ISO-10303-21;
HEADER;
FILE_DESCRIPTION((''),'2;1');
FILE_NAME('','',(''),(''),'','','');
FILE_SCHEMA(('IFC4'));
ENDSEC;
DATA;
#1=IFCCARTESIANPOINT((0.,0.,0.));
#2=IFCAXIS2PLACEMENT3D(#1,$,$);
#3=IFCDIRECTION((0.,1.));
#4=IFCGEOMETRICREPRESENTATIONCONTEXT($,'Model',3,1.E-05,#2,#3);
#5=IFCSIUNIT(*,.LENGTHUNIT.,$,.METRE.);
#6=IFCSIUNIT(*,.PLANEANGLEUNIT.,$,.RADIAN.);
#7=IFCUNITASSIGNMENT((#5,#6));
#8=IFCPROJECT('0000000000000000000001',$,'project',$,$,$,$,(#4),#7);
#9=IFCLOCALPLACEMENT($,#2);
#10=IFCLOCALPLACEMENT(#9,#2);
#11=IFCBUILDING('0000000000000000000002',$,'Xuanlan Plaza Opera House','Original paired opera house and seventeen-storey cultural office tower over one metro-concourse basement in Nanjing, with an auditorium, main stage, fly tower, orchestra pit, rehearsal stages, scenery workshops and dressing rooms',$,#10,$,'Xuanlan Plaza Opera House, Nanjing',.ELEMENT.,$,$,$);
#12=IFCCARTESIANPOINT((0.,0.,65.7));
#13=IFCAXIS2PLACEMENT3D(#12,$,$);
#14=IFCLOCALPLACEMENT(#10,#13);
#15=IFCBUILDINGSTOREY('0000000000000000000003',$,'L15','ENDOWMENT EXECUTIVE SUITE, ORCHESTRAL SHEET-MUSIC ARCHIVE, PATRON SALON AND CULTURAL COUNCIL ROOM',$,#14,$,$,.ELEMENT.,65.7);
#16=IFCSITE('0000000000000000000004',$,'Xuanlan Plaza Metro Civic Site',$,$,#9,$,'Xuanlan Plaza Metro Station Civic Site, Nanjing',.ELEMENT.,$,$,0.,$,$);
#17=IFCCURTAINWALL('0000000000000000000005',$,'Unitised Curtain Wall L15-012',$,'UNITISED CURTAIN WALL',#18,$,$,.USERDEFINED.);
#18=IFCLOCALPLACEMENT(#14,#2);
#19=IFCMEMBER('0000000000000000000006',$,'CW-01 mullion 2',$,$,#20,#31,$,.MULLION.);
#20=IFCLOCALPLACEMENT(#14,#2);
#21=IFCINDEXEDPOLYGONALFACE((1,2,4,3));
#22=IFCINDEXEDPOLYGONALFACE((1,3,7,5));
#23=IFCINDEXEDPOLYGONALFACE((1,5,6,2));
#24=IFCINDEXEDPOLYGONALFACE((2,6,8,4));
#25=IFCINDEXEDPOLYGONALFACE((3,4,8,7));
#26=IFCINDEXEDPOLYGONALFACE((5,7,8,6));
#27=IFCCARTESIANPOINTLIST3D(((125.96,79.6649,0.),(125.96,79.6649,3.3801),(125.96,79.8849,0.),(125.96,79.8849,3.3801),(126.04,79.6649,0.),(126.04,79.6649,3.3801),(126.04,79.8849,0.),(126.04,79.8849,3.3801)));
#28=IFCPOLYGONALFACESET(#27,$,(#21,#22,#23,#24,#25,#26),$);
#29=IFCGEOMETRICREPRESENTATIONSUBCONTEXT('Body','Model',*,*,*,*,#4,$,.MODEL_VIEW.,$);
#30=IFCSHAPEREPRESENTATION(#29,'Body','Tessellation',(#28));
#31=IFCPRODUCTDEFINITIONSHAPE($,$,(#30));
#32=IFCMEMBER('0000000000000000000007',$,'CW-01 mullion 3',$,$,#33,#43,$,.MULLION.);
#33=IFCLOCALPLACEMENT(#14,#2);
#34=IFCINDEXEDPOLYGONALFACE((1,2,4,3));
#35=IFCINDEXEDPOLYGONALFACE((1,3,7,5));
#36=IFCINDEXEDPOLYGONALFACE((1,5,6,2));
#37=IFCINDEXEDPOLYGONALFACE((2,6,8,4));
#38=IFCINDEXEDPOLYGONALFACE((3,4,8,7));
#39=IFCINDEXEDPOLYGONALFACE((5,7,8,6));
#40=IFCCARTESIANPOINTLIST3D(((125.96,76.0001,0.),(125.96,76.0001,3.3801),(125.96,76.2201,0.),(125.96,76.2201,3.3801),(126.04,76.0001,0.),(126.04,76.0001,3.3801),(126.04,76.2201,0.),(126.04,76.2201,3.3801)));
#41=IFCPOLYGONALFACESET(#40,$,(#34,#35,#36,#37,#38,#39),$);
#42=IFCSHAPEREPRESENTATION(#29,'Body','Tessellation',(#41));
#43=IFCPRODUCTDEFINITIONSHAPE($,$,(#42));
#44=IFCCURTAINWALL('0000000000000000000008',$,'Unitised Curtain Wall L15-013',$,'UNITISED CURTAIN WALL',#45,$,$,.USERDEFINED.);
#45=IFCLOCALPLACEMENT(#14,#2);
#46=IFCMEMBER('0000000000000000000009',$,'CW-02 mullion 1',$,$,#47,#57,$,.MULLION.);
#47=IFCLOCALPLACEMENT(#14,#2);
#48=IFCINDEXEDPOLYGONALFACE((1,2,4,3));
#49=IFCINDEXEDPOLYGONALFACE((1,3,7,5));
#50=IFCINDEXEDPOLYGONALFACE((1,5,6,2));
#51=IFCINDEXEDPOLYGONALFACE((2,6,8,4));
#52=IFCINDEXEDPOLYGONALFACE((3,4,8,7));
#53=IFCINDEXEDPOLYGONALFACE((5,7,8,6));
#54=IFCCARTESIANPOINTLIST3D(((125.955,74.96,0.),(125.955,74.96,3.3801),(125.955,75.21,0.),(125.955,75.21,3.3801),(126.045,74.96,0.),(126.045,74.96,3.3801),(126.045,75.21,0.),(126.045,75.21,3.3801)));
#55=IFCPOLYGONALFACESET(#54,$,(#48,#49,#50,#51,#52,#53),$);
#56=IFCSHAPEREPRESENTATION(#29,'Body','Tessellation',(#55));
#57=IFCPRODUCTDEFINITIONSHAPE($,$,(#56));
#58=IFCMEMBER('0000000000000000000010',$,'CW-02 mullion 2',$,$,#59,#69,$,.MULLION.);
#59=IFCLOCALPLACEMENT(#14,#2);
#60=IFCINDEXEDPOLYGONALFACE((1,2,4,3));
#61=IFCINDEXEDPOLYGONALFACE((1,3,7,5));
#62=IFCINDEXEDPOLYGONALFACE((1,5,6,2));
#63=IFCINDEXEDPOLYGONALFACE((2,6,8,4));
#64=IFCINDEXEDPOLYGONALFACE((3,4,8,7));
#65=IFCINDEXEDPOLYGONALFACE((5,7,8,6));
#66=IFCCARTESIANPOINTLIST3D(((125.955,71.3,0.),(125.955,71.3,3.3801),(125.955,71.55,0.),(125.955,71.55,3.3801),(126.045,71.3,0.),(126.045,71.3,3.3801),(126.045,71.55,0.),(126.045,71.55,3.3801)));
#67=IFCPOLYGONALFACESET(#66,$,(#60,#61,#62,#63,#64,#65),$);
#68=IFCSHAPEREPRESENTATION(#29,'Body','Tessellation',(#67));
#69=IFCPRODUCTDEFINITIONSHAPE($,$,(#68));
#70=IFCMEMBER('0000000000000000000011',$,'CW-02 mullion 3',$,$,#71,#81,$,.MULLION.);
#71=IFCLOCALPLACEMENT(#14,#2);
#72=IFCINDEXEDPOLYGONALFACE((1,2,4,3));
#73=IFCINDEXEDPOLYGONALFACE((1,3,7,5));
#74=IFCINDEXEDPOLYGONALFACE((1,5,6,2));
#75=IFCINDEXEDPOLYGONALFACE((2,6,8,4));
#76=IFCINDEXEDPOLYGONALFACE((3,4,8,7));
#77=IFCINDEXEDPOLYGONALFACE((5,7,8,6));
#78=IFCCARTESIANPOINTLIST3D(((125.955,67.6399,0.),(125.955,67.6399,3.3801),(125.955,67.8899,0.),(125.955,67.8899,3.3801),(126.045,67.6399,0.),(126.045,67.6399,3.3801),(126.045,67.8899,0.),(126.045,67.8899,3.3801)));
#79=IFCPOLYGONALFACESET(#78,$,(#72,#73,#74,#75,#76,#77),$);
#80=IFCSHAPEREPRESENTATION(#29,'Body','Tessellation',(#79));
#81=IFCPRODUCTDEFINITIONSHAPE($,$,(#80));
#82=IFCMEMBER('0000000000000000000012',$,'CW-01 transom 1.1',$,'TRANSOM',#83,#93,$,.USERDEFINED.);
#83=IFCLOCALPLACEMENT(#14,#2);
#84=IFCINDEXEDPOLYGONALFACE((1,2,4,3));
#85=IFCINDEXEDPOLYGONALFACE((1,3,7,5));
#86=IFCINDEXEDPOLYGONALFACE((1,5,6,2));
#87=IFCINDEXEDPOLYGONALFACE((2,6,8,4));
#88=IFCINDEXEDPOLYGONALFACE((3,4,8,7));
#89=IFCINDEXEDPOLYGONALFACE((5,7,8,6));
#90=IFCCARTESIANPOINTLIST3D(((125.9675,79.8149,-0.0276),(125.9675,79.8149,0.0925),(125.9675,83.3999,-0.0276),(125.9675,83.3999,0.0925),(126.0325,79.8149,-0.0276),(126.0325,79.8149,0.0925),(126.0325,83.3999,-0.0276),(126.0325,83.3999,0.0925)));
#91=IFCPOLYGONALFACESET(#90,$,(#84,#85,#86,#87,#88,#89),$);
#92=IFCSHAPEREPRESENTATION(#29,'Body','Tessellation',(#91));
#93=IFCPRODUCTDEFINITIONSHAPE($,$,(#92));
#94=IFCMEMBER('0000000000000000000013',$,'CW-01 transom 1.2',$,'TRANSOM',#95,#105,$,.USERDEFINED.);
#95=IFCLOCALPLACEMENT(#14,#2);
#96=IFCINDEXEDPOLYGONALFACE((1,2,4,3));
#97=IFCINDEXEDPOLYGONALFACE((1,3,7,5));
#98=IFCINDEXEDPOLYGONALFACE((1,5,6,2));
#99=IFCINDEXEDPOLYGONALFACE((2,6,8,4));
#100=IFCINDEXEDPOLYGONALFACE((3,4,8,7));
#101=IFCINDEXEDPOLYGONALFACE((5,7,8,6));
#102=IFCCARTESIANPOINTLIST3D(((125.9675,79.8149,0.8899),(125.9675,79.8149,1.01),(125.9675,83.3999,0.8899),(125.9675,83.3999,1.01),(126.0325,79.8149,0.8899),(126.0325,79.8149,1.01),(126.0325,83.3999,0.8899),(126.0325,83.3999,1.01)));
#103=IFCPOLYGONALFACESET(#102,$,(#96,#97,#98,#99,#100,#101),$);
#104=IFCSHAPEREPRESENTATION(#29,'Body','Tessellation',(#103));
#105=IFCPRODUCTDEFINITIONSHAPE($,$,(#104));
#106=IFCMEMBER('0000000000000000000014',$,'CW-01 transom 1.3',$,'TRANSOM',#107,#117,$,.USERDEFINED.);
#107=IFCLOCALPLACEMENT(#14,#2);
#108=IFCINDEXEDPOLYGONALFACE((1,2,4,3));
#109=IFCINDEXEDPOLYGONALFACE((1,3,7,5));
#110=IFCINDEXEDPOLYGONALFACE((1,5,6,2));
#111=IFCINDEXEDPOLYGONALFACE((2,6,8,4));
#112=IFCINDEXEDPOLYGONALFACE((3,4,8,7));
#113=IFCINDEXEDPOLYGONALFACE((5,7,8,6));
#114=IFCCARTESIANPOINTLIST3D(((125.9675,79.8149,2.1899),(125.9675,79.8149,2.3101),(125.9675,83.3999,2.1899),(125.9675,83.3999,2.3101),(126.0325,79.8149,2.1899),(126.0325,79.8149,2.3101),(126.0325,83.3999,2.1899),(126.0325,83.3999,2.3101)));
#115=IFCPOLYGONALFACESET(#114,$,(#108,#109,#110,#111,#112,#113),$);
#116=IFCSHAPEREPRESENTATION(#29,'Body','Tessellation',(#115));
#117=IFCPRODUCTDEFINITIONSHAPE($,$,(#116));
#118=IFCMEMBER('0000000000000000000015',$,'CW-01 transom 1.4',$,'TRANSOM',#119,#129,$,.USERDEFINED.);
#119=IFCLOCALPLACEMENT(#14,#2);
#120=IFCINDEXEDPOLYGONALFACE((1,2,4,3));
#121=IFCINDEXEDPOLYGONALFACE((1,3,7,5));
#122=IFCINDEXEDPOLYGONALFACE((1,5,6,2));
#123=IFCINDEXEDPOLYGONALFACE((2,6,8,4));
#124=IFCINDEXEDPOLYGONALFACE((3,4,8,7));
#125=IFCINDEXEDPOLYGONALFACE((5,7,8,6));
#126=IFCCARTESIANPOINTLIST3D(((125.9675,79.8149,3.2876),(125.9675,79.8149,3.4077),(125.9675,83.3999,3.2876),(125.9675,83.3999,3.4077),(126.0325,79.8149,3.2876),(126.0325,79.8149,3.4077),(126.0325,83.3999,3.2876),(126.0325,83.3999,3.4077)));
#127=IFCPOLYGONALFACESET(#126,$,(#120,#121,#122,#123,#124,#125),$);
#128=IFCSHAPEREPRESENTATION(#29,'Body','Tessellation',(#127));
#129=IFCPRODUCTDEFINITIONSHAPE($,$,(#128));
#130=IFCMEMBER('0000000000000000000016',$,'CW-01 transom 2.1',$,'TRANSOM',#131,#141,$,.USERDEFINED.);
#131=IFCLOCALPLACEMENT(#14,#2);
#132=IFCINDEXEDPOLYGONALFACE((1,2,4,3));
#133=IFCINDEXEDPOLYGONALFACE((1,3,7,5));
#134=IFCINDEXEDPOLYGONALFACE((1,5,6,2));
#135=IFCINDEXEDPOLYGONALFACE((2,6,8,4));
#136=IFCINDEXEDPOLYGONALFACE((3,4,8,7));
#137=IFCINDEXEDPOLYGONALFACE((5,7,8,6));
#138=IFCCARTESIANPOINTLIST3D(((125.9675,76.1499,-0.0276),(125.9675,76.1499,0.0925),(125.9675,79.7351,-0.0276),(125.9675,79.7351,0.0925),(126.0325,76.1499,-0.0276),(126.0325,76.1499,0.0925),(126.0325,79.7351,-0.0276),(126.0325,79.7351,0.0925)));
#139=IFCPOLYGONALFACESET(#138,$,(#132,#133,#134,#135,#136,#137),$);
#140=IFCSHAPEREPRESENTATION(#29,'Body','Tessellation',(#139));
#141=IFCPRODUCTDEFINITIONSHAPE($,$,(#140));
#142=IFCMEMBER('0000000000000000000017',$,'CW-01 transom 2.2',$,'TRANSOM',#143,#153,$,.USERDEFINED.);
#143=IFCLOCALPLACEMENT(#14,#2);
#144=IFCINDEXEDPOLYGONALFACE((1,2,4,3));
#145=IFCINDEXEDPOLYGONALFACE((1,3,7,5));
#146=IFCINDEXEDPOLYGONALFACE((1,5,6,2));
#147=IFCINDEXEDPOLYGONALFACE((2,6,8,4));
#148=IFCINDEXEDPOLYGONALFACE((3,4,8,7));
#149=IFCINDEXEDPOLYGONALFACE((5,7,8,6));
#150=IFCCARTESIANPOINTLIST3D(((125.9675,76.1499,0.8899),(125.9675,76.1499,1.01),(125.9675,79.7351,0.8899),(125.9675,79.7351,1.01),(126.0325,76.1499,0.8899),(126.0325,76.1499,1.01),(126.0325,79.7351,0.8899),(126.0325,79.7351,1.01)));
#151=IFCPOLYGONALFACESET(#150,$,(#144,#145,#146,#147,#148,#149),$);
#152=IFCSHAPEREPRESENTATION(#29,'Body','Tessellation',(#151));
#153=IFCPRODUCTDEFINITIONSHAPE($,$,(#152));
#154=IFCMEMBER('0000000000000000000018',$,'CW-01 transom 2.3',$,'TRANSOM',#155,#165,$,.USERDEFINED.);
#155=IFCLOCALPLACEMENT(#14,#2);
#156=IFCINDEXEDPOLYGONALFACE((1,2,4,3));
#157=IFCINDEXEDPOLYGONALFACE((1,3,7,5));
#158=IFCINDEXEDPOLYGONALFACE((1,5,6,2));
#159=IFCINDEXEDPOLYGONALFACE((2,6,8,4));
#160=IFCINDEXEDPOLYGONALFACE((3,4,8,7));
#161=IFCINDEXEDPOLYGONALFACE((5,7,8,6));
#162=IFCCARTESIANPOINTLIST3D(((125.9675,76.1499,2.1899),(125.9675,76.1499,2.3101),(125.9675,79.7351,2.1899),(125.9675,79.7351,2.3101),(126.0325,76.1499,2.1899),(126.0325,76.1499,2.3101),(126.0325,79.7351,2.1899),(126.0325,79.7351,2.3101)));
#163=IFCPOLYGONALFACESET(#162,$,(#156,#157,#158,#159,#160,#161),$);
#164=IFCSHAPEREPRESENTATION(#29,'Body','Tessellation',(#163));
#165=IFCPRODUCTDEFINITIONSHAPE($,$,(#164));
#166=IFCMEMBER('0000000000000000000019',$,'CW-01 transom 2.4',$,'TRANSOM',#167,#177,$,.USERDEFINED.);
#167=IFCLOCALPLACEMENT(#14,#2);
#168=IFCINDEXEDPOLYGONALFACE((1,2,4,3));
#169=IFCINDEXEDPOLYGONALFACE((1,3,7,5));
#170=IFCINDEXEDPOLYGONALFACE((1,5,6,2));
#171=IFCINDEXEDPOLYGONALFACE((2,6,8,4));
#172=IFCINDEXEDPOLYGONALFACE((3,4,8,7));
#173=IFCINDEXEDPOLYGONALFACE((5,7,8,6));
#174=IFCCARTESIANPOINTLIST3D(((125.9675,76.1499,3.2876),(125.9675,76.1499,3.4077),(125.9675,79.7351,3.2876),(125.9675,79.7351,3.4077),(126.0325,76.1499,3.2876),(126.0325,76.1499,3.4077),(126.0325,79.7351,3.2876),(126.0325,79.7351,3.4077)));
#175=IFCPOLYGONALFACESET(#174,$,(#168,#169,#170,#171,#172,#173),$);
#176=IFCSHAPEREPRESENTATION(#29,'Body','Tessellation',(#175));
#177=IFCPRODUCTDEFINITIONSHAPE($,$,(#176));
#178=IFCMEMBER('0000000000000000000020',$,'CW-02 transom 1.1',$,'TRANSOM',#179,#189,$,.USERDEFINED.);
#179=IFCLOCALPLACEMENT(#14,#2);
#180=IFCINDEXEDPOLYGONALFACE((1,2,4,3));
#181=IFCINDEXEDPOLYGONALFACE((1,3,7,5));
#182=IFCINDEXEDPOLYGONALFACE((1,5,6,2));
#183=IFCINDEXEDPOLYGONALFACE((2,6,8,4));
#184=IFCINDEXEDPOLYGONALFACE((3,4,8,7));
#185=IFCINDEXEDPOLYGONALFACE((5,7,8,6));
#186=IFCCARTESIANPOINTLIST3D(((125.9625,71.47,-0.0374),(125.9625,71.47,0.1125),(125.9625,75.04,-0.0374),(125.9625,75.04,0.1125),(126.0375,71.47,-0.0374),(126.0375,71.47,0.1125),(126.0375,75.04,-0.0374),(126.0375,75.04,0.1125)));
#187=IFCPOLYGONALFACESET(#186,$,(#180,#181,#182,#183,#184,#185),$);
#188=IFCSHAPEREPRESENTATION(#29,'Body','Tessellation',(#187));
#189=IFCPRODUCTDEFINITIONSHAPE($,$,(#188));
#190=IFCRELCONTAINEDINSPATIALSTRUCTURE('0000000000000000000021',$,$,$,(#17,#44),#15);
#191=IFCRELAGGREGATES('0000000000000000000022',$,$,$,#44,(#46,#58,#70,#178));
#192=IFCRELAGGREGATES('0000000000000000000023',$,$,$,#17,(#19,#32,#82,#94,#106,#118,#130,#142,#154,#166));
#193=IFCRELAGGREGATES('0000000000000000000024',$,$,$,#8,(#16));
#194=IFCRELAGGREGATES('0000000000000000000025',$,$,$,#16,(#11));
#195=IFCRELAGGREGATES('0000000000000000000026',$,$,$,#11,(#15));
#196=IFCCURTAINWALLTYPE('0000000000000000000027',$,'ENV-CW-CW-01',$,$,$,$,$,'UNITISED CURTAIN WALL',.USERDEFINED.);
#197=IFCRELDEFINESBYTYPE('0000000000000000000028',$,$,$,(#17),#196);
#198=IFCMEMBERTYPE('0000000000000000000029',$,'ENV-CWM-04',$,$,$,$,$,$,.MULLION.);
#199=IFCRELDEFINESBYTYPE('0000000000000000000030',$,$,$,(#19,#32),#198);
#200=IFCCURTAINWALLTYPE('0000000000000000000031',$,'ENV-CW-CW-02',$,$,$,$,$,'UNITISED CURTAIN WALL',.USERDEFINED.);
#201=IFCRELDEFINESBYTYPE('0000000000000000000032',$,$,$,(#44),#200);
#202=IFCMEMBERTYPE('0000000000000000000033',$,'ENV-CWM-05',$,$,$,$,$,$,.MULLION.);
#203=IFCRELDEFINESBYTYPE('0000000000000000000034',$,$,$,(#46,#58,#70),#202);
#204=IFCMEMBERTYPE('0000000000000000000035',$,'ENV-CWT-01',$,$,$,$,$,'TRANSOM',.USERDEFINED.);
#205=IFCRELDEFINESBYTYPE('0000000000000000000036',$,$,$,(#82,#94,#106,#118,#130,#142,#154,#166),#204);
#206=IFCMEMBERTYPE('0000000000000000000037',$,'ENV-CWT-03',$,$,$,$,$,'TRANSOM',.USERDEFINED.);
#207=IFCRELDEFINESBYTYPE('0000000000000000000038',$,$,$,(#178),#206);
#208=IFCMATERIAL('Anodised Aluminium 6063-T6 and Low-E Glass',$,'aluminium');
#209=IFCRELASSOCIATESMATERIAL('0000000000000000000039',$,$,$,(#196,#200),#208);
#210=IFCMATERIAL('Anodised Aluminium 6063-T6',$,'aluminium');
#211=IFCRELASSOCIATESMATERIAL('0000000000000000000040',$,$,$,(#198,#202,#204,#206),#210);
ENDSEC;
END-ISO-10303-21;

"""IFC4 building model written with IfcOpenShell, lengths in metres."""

from ifc_helpers import new_model, si_unit, direction, frame, origin, origin_2d, place, context, subcontext, project, spatial, rectangle, extrude, material, material_profile, profile_set, type_object, element, aggregate, save


model = new_model("IFC4")

# Units and contexts
model_context = context("Model", 3, precision=1e-05, world=origin(), true_north=direction((0.0, 1.0)))
body_context = subcontext(model_context, "Body", "Model", "MODEL_VIEW")
ifc_project = project(units=[si_unit("LENGTHUNIT", "METRE"), si_unit("PLANEANGLEUNIT", "RADIAN")], contexts=[model_context])

# Site, building, storey
site_placement = place(None, origin())
site = spatial("IfcSite", under=ifc_project, at=site_placement, Name="Xuanlan Plaza Metro Civic Site", LongName="Xuanlan Plaza Metro Station Civic Site, Nanjing", CompositionType="ELEMENT", RefElevation=0.0)
building_placement = place(site_placement, origin())
building = spatial("IfcBuilding", under=site, at=building_placement, Name="Xuanlan Plaza Opera House", Description="Original paired opera house and seventeen-storey cultural office tower over one metro-concourse basement in Nanjing, with an auditorium, main stage, fly tower, orchestra pit, rehearsal stages, scenery workshops and dressing rooms", LongName="Xuanlan Plaza Opera House, Nanjing", CompositionType="ELEMENT")
storey_placement = place(building_placement, frame((0.0, 0.0, 65.7)))
storey = spatial("IfcBuildingStorey", under=building, at=storey_placement, Name="L15", Description="ENDOWMENT EXECUTIVE SUITE, ORCHESTRAL SHEET-MUSIC ARCHIVE, PATRON SALON AND CULTURAL COUNCIL ROOM", CompositionType="ELEMENT", Elevation=65.7)

# Curtain walls, members
ifc_material_1 = material(Name="Anodised Aluminium 6063-T6 and Low-E Glass", Category="aluminium")
curtain_wall_type_1 = type_object("IfcCurtainWallType", Name="ENV-CW-CW-01", ElementType="UNITISED CURTAIN WALL", PredefinedType="USERDEFINED", material=ifc_material_1)
curtain_wall_1_placement = place(storey_placement, origin())
curtain_wall_1 = element("IfcCurtainWall", 1, at=curtain_wall_1_placement, inside=storey, type_object=curtain_wall_type_1, Name="Unitised Curtain Wall L15-012", ObjectType="UNITISED CURTAIN WALL", PredefinedType="USERDEFINED")
ifc_material_2 = material(Name="Anodised Aluminium 6063-T6", Category="aluminium")
ifc_material_profile_1 = material_profile(ifc_material_2, rectangle(XDim=0.0801, YDim=0.22, at=origin_2d()), Name="ALU-M 80x220")
ifc_profile_set_1 = profile_set([ifc_material_profile_1], Name="Anodised Aluminium 6063-T6")
member_type_1 = type_object("IfcMemberType", Name="ENV-CWM-04", PredefinedType="MULLION", material=ifc_profile_set_1)
member_1_placement = place(storey_placement, frame((126.0, 79.7749, 0.0), z_axis=(0.0, 0.0, 1.0), x_axis=(1.0, 0.0, 0.0)))
member_1 = element("IfcMember", 2, at=member_1_placement, type_object=member_type_1, Name="CW-01 mullion 2", PredefinedType="MULLION", context=body_context, shape_type="SweptSolid", body=[
    extrude(rectangle(XDim=0.0801, YDim=0.22, at=origin_2d()), origin(), (0.0, 0.0, 1.0), 3.3801),
])
member_2_placement = place(storey_placement, frame((126.0, 76.1101, 0.0), z_axis=(0.0, 0.0, 1.0), x_axis=(1.0, 0.0, 0.0)))
member_2 = element("IfcMember", 3, at=member_2_placement, type_object=member_type_1, Name="CW-01 mullion 3", PredefinedType="MULLION", context=body_context, shape_type="SweptSolid", body=[
    extrude(rectangle(XDim=0.0801, YDim=0.22, at=origin_2d()), origin(), (0.0, 0.0, 1.0), 3.3801),
])
curtain_wall_type_2 = type_object("IfcCurtainWallType", Name="ENV-CW-CW-02", ElementType="UNITISED CURTAIN WALL", PredefinedType="USERDEFINED", material=ifc_material_1)
curtain_wall_2_placement = place(storey_placement, origin())
curtain_wall_2 = element("IfcCurtainWall", 4, at=curtain_wall_2_placement, inside=storey, type_object=curtain_wall_type_2, Name="Unitised Curtain Wall L15-013", ObjectType="UNITISED CURTAIN WALL", PredefinedType="USERDEFINED")
ifc_material_profile_2 = material_profile(ifc_material_2, rectangle(XDim=0.0901, YDim=0.25, at=origin_2d()), Name="ALU-M 90x250")
ifc_profile_set_2 = profile_set([ifc_material_profile_2], Name="Anodised Aluminium 6063-T6")
member_type_2 = type_object("IfcMemberType", Name="ENV-CWM-05", PredefinedType="MULLION", material=ifc_profile_set_2)
member_3_placement = place(storey_placement, frame((126.0, 75.085, 0.0), z_axis=(0.0, 0.0, 1.0), x_axis=(1.0, 0.0, 0.0)))
member_3 = element("IfcMember", 5, at=member_3_placement, type_object=member_type_2, Name="CW-02 mullion 1", PredefinedType="MULLION", context=body_context, shape_type="SweptSolid", body=[
    extrude(rectangle(XDim=0.0901, YDim=0.25, at=origin_2d()), origin(), (0.0, 0.0, 1.0), 3.3801),
])
member_4_placement = place(storey_placement, frame((126.0, 71.425, 0.0), z_axis=(0.0, 0.0, 1.0), x_axis=(1.0, 0.0, 0.0)))
member_4 = element("IfcMember", 6, at=member_4_placement, type_object=member_type_2, Name="CW-02 mullion 2", PredefinedType="MULLION", context=body_context, shape_type="SweptSolid", body=[
    extrude(rectangle(XDim=0.0901, YDim=0.25, at=origin_2d()), origin(), (0.0, 0.0, 1.0), 3.3801),
])
member_5_placement = place(storey_placement, frame((126.0, 67.7649, 0.0), z_axis=(0.0, 0.0, 1.0), x_axis=(1.0, 0.0, 0.0)))
member_5 = element("IfcMember", 7, at=member_5_placement, type_object=member_type_2, Name="CW-02 mullion 3", PredefinedType="MULLION", context=body_context, shape_type="SweptSolid", body=[
    extrude(rectangle(XDim=0.0901, YDim=0.25, at=origin_2d()), origin(), (0.0, 0.0, 1.0), 3.3801),
])

# Members
ifc_material_profile_3 = material_profile(ifc_material_2, rectangle(XDim=0.0649, YDim=0.1201, at=origin_2d()), Name="ALU-T 65x120")
ifc_profile_set_3 = profile_set([ifc_material_profile_3], Name="Anodised Aluminium 6063-T6")
member_type_3 = type_object("IfcMemberType", Name="ENV-CWT-01", ElementType="TRANSOM", PredefinedType="USERDEFINED", material=ifc_profile_set_3)
member_6_placement = place(storey_placement, frame((126.0, 83.3999, 0.0325), z_axis=(0.0, -1.0, 0.0), x_axis=(1.0, 0.0, 0.0)))
member_6 = element("IfcMember", 8, at=member_6_placement, type_object=member_type_3, Name="CW-01 transom 1.1", ObjectType="TRANSOM", PredefinedType="USERDEFINED", context=body_context, shape_type="SweptSolid", body=[
    extrude(rectangle(XDim=0.0649, YDim=0.1201, at=origin_2d()), origin(), (0.0, 0.0, 1.0), 3.585),
])
member_7_placement = place(storey_placement, frame((126.0, 83.3999, 0.95), z_axis=(0.0, -1.0, 0.0), x_axis=(1.0, 0.0, 0.0)))
member_7 = element("IfcMember", 9, at=member_7_placement, type_object=member_type_3, Name="CW-01 transom 1.2", ObjectType="TRANSOM", PredefinedType="USERDEFINED", context=body_context, shape_type="SweptSolid", body=[
    extrude(rectangle(XDim=0.0649, YDim=0.1201, at=origin_2d()), origin(), (0.0, 0.0, 1.0), 3.585),
])
member_8_placement = place(storey_placement, frame((126.0, 83.3999, 2.25), z_axis=(0.0, -1.0, 0.0), x_axis=(1.0, 0.0, 0.0)))
member_8 = element("IfcMember", 10, at=member_8_placement, type_object=member_type_3, Name="CW-01 transom 1.3", ObjectType="TRANSOM", PredefinedType="USERDEFINED", context=body_context, shape_type="SweptSolid", body=[
    extrude(rectangle(XDim=0.0649, YDim=0.1201, at=origin_2d()), origin(), (0.0, 0.0, 1.0), 3.585),
])
member_9_placement = place(storey_placement, frame((126.0, 83.3999, 3.3477), z_axis=(0.0, -1.0, 0.0), x_axis=(1.0, 0.0, 0.0)))
member_9 = element("IfcMember", 11, at=member_9_placement, type_object=member_type_3, Name="CW-01 transom 1.4", ObjectType="TRANSOM", PredefinedType="USERDEFINED", context=body_context, shape_type="SweptSolid", body=[
    extrude(rectangle(XDim=0.0649, YDim=0.1201, at=origin_2d()), origin(), (0.0, 0.0, 1.0), 3.585),
])
member_10_placement = place(storey_placement, frame((126.0, 79.7351, 0.0325), z_axis=(0.0, -1.0, 0.0), x_axis=(1.0, 0.0, 0.0)))
member_10 = element("IfcMember", 12, at=member_10_placement, type_object=member_type_3, Name="CW-01 transom 2.1", ObjectType="TRANSOM", PredefinedType="USERDEFINED", context=body_context, shape_type="SweptSolid", body=[
    extrude(rectangle(XDim=0.0649, YDim=0.1201, at=origin_2d()), origin(), (0.0, 0.0, 1.0), 3.5852),
])
member_11_placement = place(storey_placement, frame((126.0, 79.7351, 0.95), z_axis=(0.0, -1.0, 0.0), x_axis=(1.0, 0.0, 0.0)))
member_11 = element("IfcMember", 13, at=member_11_placement, type_object=member_type_3, Name="CW-01 transom 2.2", ObjectType="TRANSOM", PredefinedType="USERDEFINED", context=body_context, shape_type="SweptSolid", body=[
    extrude(rectangle(XDim=0.0649, YDim=0.1201, at=origin_2d()), origin(), (0.0, 0.0, 1.0), 3.5852),
])
member_12_placement = place(storey_placement, frame((126.0, 79.7351, 2.25), z_axis=(0.0, -1.0, 0.0), x_axis=(1.0, 0.0, 0.0)))
member_12 = element("IfcMember", 14, at=member_12_placement, type_object=member_type_3, Name="CW-01 transom 2.3", ObjectType="TRANSOM", PredefinedType="USERDEFINED", context=body_context, shape_type="SweptSolid", body=[
    extrude(rectangle(XDim=0.0649, YDim=0.1201, at=origin_2d()), origin(), (0.0, 0.0, 1.0), 3.5852),
])
member_13_placement = place(storey_placement, frame((126.0, 79.7351, 3.3477), z_axis=(0.0, -1.0, 0.0), x_axis=(1.0, 0.0, 0.0)))
member_13 = element("IfcMember", 15, at=member_13_placement, type_object=member_type_3, Name="CW-01 transom 2.4", ObjectType="TRANSOM", PredefinedType="USERDEFINED", context=body_context, shape_type="SweptSolid", body=[
    extrude(rectangle(XDim=0.0649, YDim=0.1201, at=origin_2d()), origin(), (0.0, 0.0, 1.0), 3.5852),
])
ifc_material_profile_4 = material_profile(ifc_material_2, rectangle(XDim=0.075, YDim=0.1499, at=origin_2d()), Name="ALU-T 75x150")
ifc_profile_set_4 = profile_set([ifc_material_profile_4], Name="Anodised Aluminium 6063-T6")
member_type_4 = type_object("IfcMemberType", Name="ENV-CWT-03", ElementType="TRANSOM", PredefinedType="USERDEFINED", material=ifc_profile_set_4)
member_14_placement = place(storey_placement, frame((126.0, 75.04, 0.0376), z_axis=(0.0, -1.0, 0.0), x_axis=(1.0, 0.0, 0.0)))
member_14 = element("IfcMember", 16, at=member_14_placement, type_object=member_type_4, Name="CW-02 transom 1.1", ObjectType="TRANSOM", PredefinedType="USERDEFINED", context=body_context, shape_type="SweptSolid", body=[
    extrude(rectangle(XDim=0.075, YDim=0.1499, at=origin_2d()), origin(), (0.0, 0.0, 1.0), 3.5701),
])

aggregate(curtain_wall_2, [member_3, member_4, member_5, member_14])
aggregate(curtain_wall_1, [member_1, member_2, member_6, member_7, member_8, member_9, member_10, member_11, member_12, member_13])

save(model, "model.ifc")
